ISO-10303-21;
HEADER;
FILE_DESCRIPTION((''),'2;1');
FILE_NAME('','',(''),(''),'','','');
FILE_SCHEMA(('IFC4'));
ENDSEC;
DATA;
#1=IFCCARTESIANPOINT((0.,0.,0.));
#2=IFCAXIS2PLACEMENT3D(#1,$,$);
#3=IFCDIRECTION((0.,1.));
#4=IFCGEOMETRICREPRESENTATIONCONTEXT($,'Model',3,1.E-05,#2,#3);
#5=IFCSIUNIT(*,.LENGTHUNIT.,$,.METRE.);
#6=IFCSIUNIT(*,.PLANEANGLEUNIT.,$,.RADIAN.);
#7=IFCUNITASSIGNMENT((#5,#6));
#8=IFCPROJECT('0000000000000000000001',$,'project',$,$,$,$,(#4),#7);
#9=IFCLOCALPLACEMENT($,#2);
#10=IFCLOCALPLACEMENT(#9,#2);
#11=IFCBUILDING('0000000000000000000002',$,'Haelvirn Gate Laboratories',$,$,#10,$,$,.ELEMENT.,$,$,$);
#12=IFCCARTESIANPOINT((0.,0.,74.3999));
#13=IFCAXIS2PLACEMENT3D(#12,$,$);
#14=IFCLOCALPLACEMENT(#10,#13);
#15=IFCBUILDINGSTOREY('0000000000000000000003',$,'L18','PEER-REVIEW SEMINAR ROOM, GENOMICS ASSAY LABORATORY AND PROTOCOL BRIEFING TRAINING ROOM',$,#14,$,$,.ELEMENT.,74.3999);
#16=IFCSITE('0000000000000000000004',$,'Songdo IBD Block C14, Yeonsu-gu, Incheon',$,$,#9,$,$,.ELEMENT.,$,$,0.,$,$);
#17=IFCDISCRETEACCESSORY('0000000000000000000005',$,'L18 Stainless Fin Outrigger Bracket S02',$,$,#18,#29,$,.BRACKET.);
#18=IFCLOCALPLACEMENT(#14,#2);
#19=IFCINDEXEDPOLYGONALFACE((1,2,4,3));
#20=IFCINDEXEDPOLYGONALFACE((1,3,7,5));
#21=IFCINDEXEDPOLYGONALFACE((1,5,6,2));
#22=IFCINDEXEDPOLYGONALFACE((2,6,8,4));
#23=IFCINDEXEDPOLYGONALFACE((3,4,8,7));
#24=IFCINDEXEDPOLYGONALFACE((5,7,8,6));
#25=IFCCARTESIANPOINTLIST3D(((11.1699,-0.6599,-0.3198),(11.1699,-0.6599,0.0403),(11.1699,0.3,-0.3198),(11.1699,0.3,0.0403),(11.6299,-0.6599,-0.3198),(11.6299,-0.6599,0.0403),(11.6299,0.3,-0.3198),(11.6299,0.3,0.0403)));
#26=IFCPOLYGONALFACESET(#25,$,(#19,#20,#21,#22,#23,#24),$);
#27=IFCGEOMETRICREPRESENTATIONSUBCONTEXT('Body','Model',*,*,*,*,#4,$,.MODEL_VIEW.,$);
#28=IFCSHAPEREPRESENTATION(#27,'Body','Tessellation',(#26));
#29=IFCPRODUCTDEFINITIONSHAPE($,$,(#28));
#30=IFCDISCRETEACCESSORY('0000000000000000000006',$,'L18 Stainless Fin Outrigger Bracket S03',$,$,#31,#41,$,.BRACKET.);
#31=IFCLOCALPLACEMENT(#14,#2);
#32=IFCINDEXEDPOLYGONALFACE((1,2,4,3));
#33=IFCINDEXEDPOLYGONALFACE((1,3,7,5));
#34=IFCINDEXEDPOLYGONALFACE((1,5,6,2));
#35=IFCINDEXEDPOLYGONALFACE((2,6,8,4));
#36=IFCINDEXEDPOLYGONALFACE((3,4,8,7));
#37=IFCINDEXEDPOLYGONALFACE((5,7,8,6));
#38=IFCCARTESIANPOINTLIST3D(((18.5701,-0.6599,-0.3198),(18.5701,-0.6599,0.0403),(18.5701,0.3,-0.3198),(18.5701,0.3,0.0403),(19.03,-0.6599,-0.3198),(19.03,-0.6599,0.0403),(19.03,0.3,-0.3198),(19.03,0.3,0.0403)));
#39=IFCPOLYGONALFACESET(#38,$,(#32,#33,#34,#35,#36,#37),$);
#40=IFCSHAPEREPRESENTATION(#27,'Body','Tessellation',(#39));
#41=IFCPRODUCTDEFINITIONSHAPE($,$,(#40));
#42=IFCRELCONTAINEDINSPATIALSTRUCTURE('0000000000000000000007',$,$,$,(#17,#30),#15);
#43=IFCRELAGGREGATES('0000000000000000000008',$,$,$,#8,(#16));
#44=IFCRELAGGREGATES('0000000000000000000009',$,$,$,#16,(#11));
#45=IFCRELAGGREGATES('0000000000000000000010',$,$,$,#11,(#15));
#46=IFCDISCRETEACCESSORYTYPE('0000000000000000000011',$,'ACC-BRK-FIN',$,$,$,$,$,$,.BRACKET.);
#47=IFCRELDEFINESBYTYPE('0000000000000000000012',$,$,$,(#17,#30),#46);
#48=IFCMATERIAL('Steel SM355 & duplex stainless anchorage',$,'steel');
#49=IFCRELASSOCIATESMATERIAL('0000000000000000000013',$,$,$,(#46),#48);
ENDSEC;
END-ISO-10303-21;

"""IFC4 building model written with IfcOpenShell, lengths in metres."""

from ifc_helpers import new_model, si_unit, direction, frame, origin, origin_2d, place, context, subcontext, project, spatial, rectangle, extrude, source, transform, mapped, material, type_object, type_shapes, element, save


model = new_model("IFC4")

# Units and contexts
model_context = context("Model", 3, precision=1e-05, world=origin(), true_north=direction((0.0, 1.0)))
body_context = subcontext(model_context, "Body", "Model", "MODEL_VIEW")
ifc_project = project(units=[si_unit("LENGTHUNIT", "METRE"), si_unit("PLANEANGLEUNIT", "RADIAN")], contexts=[model_context])

# Site, building, storey
site_placement = place(None, origin())
site = spatial("IfcSite", under=ifc_project, at=site_placement, Name="Songdo IBD Block C14, Yeonsu-gu, Incheon", CompositionType="ELEMENT", RefElevation=0.0)
building_placement = place(site_placement, origin())
building = spatial("IfcBuilding", under=site, at=building_placement, Name="Haelvirn Gate Laboratories", CompositionType="ELEMENT")
storey_placement = place(building_placement, frame((0.0, 0.0, 74.3999)))
storey = spatial("IfcBuildingStorey", under=building, at=storey_placement, Name="L18", Description="PEER-REVIEW SEMINAR ROOM, GENOMICS ASSAY LABORATORY AND PROTOCOL BRIEFING TRAINING ROOM", CompositionType="ELEMENT", Elevation=74.3999)

# Discrete accessories
ifc_material_1 = material(Name="Steel SM355 & duplex stainless anchorage", Category="steel")
discrete_accessory_type = type_object("IfcDiscreteAccessoryType", Name="ACC-BRK-FIN", PredefinedType="BRACKET", material=ifc_material_1)
shared_shape_1 = source(origin(), body_context, "Body", "SweptSolid", [
    extrude(rectangle(XDim=0.46, YDim=0.96, at=origin_2d()), origin(), (0.0, 0.0, 1.0), 0.3601),
])
type_shapes(discrete_accessory_type, [shared_shape_1])
for number, where, z_axis, x_axis, name in (
    (1, (11.3999, -0.1799, -0.3198), (0.0, 0.0, 1.0), (1.0, 0.0, 0.0), "L18 Stainless Fin Outrigger Bracket S02"),
    (2, (18.8, -0.1799, -0.3198), (0.0, 0.0, 1.0), (1.0, 0.0, 0.0), "L18 Stainless Fin Outrigger Bracket S03"),
):
    element("IfcDiscreteAccessory", number, at=place(storey_placement, frame(where, z_axis=z_axis, x_axis=x_axis)), inside=storey, type_object=discrete_accessory_type, Name=name, PredefinedType="BRACKET", context=body_context, shape_type="MappedRepresentation", body=[
        mapped(shared_shape_1, transform((0.0, 0.0, 0.0), scale=1.0)),
    ])

save(model, "model.ifc")
